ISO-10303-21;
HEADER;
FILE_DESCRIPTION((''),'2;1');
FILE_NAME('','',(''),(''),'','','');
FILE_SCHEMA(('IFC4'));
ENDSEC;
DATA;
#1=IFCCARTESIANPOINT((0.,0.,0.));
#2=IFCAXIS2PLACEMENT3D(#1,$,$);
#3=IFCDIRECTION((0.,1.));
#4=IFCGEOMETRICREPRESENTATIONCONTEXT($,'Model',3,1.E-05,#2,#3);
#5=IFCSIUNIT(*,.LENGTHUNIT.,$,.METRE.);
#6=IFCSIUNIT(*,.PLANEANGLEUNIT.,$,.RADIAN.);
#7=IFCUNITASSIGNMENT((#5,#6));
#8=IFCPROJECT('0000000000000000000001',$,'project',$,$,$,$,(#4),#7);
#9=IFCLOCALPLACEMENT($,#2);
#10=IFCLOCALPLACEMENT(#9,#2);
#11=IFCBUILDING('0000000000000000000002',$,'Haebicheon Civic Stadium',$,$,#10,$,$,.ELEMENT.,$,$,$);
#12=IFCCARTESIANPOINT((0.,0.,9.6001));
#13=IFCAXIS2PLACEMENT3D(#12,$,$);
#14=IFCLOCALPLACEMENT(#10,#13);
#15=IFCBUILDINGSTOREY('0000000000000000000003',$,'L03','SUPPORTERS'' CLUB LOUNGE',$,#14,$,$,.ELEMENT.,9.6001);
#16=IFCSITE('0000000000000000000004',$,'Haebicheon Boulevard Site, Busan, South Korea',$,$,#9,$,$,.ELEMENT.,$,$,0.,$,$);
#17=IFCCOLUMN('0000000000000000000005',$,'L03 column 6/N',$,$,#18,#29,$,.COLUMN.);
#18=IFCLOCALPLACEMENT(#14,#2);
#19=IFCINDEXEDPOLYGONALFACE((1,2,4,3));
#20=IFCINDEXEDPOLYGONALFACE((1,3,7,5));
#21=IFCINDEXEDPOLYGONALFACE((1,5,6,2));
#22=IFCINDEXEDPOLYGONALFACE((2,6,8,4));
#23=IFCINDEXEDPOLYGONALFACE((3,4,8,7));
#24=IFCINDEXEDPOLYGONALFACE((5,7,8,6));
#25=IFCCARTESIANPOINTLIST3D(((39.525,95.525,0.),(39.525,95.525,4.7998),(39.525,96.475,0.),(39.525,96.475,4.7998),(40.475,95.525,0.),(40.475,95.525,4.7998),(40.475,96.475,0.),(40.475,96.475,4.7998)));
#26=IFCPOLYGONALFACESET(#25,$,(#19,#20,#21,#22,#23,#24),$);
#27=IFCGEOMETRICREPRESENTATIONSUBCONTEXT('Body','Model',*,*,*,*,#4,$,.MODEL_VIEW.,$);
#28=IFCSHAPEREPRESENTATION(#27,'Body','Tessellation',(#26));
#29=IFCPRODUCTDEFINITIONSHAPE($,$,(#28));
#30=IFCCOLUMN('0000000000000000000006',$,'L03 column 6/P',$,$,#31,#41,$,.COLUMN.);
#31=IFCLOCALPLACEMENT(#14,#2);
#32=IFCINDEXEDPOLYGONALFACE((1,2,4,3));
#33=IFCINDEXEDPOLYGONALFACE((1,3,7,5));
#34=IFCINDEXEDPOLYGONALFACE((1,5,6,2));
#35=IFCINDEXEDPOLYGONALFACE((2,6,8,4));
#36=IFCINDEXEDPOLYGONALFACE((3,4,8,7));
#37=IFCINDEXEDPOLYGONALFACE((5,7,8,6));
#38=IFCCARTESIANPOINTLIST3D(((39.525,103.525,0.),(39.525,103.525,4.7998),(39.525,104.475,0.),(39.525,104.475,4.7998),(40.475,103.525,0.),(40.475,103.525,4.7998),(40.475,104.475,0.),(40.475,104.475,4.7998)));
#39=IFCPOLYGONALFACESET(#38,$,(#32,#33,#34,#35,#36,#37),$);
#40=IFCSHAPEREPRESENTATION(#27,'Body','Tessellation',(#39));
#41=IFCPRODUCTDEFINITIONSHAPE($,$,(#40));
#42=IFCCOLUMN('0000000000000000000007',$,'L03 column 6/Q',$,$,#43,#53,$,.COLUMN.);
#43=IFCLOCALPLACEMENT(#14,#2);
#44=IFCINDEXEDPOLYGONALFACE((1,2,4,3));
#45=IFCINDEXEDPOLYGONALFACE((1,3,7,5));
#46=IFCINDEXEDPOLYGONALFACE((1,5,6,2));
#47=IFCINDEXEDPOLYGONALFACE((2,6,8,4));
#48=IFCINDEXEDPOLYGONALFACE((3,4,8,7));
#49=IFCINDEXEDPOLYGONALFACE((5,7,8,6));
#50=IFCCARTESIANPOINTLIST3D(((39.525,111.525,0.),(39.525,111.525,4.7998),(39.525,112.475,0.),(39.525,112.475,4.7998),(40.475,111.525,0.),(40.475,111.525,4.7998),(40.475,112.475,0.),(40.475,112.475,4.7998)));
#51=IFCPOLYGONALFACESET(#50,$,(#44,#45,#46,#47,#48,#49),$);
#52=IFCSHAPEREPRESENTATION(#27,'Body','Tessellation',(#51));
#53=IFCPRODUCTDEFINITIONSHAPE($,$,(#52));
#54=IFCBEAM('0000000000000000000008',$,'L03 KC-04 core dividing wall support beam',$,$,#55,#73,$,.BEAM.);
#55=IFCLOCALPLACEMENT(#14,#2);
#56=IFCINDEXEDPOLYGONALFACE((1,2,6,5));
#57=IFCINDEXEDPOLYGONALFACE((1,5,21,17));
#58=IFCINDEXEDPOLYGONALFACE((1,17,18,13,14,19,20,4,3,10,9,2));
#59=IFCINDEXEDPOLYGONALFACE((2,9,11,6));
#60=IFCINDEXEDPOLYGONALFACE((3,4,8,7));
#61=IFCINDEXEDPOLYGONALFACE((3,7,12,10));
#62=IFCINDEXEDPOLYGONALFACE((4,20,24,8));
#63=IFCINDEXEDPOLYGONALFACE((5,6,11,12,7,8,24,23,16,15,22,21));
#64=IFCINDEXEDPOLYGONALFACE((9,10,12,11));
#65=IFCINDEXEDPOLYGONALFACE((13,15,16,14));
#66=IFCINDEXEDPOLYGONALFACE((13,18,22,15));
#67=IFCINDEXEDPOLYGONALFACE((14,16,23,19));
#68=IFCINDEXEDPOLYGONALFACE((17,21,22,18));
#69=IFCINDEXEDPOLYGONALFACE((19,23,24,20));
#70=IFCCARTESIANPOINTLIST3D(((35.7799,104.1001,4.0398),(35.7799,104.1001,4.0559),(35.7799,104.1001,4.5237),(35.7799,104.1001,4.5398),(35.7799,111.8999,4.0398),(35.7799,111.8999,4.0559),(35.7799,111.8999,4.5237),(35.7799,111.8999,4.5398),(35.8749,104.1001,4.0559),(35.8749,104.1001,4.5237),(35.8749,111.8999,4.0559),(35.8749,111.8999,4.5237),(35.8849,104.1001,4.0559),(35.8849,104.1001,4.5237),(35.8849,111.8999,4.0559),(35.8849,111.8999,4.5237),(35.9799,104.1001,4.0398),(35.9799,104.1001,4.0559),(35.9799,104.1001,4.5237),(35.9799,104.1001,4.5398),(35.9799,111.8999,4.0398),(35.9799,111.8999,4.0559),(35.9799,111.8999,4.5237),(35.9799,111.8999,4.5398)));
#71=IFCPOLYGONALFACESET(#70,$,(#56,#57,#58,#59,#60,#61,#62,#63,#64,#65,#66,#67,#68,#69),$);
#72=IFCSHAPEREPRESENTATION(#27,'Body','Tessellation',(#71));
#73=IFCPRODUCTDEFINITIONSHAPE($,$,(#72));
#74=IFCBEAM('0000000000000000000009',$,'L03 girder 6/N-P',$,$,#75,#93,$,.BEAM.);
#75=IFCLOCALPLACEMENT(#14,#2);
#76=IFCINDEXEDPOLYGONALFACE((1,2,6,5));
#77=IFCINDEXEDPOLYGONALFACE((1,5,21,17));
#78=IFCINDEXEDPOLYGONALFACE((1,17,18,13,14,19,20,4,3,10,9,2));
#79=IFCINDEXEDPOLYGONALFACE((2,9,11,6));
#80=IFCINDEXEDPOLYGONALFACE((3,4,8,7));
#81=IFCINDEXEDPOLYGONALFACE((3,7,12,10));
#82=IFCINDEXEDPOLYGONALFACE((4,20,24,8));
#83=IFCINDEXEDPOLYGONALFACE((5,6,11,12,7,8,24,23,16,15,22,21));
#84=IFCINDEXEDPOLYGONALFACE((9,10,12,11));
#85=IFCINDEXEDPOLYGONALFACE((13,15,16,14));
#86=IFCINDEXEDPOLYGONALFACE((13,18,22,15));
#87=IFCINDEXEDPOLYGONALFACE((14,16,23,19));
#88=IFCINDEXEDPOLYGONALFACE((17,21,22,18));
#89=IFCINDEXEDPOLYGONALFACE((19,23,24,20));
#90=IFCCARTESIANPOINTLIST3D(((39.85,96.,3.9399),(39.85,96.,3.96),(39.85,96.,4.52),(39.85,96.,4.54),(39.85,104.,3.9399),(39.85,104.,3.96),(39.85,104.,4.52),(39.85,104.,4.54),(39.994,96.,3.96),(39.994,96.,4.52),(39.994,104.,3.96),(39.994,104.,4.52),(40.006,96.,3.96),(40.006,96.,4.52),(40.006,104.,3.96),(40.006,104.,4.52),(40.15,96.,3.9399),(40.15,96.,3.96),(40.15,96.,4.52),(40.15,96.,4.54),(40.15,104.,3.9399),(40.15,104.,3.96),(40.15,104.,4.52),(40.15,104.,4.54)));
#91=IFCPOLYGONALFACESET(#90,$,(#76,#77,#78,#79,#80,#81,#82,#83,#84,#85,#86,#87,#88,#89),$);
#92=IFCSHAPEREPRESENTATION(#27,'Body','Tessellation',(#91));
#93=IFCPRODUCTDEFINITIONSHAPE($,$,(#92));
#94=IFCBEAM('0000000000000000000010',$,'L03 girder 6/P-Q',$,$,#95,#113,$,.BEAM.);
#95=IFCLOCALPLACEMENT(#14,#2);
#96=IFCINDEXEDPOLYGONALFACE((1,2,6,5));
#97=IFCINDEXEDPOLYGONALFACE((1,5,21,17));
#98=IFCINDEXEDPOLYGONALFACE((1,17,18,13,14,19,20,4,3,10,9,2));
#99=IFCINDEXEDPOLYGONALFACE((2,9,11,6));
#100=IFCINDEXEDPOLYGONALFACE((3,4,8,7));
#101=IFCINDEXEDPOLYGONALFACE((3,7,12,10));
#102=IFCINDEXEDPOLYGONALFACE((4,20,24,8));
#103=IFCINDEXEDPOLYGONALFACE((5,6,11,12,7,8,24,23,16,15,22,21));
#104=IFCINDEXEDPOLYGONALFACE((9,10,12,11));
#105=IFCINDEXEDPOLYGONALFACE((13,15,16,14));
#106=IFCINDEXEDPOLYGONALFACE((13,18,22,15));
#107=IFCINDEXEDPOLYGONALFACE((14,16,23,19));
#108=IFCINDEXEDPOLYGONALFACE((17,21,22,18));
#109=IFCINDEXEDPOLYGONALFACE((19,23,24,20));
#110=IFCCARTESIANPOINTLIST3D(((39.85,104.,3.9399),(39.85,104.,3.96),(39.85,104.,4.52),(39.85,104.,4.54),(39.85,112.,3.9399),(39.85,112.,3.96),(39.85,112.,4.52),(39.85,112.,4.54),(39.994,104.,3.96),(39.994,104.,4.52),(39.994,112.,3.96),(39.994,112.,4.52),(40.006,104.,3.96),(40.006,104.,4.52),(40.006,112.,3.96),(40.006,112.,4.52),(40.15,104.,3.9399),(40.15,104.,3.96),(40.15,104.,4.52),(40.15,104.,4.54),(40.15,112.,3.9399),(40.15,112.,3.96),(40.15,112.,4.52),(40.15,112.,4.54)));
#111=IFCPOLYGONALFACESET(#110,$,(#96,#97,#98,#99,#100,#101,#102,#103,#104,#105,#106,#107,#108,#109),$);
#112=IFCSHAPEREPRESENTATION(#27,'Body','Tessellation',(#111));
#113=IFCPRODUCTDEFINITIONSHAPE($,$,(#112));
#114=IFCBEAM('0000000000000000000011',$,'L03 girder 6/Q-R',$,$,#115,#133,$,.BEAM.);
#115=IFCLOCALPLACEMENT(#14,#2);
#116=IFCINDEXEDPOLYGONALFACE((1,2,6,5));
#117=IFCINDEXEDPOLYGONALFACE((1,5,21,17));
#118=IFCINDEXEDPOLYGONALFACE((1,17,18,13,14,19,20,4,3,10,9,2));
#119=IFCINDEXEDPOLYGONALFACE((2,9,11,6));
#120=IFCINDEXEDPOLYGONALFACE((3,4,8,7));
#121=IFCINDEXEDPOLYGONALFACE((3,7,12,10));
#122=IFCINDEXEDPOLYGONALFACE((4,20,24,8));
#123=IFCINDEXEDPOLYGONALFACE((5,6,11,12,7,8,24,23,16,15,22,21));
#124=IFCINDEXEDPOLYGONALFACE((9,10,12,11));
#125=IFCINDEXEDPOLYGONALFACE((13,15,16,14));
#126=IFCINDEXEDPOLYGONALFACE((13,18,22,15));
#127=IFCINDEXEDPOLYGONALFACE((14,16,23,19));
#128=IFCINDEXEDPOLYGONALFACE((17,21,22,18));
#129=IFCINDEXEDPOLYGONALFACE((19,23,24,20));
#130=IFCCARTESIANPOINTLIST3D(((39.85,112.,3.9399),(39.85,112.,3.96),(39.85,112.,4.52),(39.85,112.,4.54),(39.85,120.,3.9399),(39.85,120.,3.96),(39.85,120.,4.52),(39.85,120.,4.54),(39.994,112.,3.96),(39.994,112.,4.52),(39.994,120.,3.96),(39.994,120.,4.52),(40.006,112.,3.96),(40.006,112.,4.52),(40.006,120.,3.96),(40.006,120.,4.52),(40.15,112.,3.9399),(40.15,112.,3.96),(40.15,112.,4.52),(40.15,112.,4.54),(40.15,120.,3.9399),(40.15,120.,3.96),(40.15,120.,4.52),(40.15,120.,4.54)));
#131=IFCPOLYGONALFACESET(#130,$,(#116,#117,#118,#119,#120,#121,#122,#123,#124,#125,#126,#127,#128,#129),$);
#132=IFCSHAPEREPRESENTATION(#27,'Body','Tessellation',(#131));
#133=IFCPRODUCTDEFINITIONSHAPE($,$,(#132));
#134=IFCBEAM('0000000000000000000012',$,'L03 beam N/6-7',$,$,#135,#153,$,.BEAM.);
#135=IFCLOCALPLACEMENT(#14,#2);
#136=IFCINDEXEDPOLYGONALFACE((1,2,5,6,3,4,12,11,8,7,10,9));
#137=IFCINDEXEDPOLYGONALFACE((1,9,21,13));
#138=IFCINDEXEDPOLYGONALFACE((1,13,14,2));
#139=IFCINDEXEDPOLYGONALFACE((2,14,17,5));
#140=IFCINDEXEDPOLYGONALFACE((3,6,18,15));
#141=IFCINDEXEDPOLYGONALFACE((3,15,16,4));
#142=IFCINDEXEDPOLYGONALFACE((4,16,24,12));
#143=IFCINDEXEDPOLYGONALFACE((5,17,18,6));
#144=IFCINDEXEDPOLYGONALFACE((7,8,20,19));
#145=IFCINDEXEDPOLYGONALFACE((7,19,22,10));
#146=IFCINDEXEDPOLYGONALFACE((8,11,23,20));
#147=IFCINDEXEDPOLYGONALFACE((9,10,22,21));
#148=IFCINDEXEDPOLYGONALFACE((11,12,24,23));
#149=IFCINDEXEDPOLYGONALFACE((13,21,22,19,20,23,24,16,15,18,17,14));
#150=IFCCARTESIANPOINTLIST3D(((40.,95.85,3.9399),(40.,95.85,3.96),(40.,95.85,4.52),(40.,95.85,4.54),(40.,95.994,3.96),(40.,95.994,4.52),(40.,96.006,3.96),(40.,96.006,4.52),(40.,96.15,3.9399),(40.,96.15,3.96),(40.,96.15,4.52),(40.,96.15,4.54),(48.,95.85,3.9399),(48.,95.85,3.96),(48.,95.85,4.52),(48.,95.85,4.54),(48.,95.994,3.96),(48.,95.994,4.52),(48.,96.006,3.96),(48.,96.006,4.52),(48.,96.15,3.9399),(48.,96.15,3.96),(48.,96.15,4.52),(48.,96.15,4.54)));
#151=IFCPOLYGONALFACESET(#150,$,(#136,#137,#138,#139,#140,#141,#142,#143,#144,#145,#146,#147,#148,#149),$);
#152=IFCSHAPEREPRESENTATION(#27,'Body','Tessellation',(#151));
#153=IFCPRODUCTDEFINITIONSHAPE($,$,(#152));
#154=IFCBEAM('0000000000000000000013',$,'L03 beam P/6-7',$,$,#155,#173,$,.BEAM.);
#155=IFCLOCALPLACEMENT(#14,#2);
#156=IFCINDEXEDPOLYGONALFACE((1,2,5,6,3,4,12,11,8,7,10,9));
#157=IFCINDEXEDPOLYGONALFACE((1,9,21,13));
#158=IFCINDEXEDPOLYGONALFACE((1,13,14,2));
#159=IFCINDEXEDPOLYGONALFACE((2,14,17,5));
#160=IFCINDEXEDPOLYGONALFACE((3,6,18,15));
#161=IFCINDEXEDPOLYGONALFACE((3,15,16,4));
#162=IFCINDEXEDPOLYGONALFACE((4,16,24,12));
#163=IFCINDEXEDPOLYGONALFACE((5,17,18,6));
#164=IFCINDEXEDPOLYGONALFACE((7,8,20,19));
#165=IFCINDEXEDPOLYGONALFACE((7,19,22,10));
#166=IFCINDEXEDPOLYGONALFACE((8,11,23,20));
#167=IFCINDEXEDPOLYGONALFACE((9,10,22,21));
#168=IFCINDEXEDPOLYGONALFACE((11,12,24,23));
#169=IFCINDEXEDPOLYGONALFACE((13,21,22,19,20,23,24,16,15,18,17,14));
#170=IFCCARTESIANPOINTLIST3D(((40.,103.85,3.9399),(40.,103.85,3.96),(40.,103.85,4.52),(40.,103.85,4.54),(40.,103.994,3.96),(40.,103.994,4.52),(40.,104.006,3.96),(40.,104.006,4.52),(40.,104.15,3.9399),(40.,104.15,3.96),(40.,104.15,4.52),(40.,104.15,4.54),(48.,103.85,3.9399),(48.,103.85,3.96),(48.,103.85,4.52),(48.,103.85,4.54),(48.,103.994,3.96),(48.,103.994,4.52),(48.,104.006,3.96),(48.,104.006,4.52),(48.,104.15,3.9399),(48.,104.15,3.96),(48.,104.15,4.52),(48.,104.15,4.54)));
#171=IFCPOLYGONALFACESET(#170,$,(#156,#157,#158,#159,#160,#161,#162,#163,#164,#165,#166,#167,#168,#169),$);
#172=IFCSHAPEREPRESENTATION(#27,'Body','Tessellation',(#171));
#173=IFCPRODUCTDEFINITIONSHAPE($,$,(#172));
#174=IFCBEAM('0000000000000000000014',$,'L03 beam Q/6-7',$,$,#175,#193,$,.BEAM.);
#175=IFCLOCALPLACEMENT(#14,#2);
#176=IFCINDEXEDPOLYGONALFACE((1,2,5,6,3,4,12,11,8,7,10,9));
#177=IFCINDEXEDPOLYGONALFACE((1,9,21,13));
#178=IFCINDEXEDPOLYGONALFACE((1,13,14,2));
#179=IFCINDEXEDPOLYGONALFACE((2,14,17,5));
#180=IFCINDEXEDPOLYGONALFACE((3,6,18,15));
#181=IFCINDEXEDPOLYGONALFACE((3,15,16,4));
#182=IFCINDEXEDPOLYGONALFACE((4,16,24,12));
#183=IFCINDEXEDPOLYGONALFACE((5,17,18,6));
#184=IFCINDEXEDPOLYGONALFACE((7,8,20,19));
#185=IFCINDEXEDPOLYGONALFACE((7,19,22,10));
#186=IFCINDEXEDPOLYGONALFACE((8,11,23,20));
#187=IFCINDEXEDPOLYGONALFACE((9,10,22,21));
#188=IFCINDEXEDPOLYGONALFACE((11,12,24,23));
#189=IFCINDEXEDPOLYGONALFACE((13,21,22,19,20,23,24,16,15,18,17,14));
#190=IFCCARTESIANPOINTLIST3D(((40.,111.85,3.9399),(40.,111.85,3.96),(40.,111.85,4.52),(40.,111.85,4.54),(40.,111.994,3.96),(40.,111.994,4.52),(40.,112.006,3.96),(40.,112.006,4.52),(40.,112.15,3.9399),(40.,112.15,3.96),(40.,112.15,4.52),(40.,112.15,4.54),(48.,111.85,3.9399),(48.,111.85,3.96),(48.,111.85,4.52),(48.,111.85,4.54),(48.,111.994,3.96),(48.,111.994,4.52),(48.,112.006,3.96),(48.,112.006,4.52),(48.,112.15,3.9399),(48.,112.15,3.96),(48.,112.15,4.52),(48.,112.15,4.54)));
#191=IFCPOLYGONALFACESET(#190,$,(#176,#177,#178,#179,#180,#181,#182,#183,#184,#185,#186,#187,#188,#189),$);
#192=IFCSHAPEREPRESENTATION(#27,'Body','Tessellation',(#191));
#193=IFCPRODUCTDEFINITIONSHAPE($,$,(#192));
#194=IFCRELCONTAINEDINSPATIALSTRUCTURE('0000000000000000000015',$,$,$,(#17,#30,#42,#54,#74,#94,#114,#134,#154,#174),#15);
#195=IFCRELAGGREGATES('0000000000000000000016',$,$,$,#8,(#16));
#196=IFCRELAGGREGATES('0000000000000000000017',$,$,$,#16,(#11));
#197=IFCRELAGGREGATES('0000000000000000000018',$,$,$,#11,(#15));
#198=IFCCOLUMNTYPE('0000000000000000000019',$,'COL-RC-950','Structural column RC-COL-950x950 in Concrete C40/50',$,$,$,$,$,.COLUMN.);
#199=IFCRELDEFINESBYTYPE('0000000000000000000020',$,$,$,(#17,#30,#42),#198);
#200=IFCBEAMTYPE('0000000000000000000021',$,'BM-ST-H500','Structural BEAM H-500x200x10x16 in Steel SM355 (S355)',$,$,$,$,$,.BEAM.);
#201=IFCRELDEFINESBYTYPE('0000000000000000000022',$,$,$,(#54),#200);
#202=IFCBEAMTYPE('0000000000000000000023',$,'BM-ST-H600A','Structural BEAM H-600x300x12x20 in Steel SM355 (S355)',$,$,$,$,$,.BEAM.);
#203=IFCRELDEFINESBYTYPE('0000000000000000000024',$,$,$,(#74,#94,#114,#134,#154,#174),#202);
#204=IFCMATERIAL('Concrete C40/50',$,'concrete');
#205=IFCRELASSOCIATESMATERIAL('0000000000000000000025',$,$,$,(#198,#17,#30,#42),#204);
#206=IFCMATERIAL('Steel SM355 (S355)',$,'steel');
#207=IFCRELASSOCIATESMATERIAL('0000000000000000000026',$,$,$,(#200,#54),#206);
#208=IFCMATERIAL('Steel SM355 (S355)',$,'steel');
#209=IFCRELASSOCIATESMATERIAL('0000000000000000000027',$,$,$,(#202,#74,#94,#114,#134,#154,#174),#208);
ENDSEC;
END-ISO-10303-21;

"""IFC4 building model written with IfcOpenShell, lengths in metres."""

from ifc_helpers import new_model, si_unit, direction, frame, origin, origin_2d, place, context, subcontext, project, spatial, rectangle, i_section, extrude, material, material_profile, profile_set, type_object, element, save


model = new_model("IFC4")

# Units and contexts
model_context = context("Model", 3, precision=1e-05, world=origin(), true_north=direction((0.0, 1.0)))
body_context = subcontext(model_context, "Body", "Model", "MODEL_VIEW")
ifc_project = project(units=[si_unit("LENGTHUNIT", "METRE"), si_unit("PLANEANGLEUNIT", "RADIAN")], contexts=[model_context])

# Site, building, storey
site_placement = place(None, origin())
site = spatial("IfcSite", under=ifc_project, at=site_placement, Name="Haebicheon Boulevard Site, Busan, South Korea", CompositionType="ELEMENT", RefElevation=0.0)
building_placement = place(site_placement, origin())
building = spatial("IfcBuilding", under=site, at=building_placement, Name="Haebicheon Civic Stadium", CompositionType="ELEMENT")
storey_placement = place(building_placement, frame((0.0, 0.0, 9.6001)))
storey = spatial("IfcBuildingStorey", under=building, at=storey_placement, Name="L03", Description="SUPPORTERS' CLUB LOUNGE", CompositionType="ELEMENT", Elevation=9.6001)

# Columns
ifc_material_1 = material(Name="Concrete C40/50", Category="concrete")
ifc_material_profile_1 = material_profile(ifc_material_1, rectangle(XDim=0.95, YDim=0.95, at=origin_2d()), Name="RC-COL-950x950")
ifc_profile_set_1 = profile_set([ifc_material_profile_1], Name="Concrete C40/50")
column_type = type_object("IfcColumnType", Name="COL-RC-950", Description="Structural column RC-COL-950x950 in Concrete C40/50", PredefinedType="COLUMN", material=ifc_profile_set_1)
for number, where, z_axis, x_axis, name in (
    (1, (40.0, 96.0, 0.0), (0.0, 0.0, 1.0), (1.0, 0.0, 0.0), "L03 column 6/N"),
    (2, (40.0, 104.0, 0.0), (0.0, 0.0, 1.0), (1.0, 0.0, 0.0), "L03 column 6/P"),
    (3, (40.0, 112.0, 0.0), (0.0, 0.0, 1.0), (1.0, 0.0, 0.0), "L03 column 6/Q"),
):
    element("IfcColumn", number, at=place(storey_placement, frame(where, z_axis=z_axis, x_axis=x_axis)), inside=storey, type_object=column_type, material=ifc_profile_set_1, Name=name, PredefinedType="COLUMN", context=body_context, shape_type="SweptSolid", body=[
        extrude(rectangle(XDim=0.95, YDim=0.95, at=origin_2d()), origin(), (0.0, 0.0, 1.0), 4.7998),
    ])

# Beams
ifc_material_2 = material(Name="Steel SM355 (S355)", Category="steel")
ifc_material_profile_2 = material_profile(ifc_material_2, i_section(OverallWidth=0.2, OverallDepth=0.5, WebThickness=0.01, FlangeThickness=0.0161, at=origin_2d()), Name="H-500x200x10x16")
ifc_profile_set_2 = profile_set([ifc_material_profile_2], Name="Steel SM355 (S355)")
beam_type_1 = type_object("IfcBeamType", Name="BM-ST-H500", Description="Structural BEAM H-500x200x10x16 in Steel SM355 (S355)", PredefinedType="BEAM", material=ifc_profile_set_2)
beam_1_placement = place(storey_placement, frame((35.8799, 104.1001, 4.2898), z_axis=(0.0, 1.0, 0.0), x_axis=(-1.0, 0.0, 0.0)))
element("IfcBeam", 4, at=beam_1_placement, inside=storey, type_object=beam_type_1, material=ifc_profile_set_2, Name="L03 KC-04 core dividing wall support beam", PredefinedType="BEAM", context=body_context, shape_type="SweptSolid", body=[
    extrude(i_section(OverallWidth=0.2, OverallDepth=0.5, WebThickness=0.01, FlangeThickness=0.0161, at=origin_2d()), origin(), (0.0, 0.0, 1.0), 7.7998),
])
ifc_material_3 = material(Name="Steel SM355 (S355)", Category="steel")
ifc_material_profile_3 = material_profile(ifc_material_3, i_section(OverallWidth=0.3, OverallDepth=0.6001, WebThickness=0.012, FlangeThickness=0.02, at=origin_2d()), Name="H-600x300x12x20")
ifc_profile_set_3 = profile_set([ifc_material_profile_3], Name="Steel SM355 (S355)")
beam_type_2 = type_object("IfcBeamType", Name="BM-ST-H600A", Description="Structural BEAM H-600x300x12x20 in Steel SM355 (S355)", PredefinedType="BEAM", material=ifc_profile_set_3)
for number, where, z_axis, x_axis, name in (
    (5, (40.0, 96.0, 4.24), (0.0, 1.0, 0.0), (-1.0, 0.0, 0.0), "L03 girder 6/N-P"),
    (6, (40.0, 104.0, 4.24), (0.0, 1.0, 0.0), (-1.0, 0.0, 0.0), "L03 girder 6/P-Q"),
    (7, (40.0, 112.0, 4.24), (0.0, 1.0, 0.0), (-1.0, 0.0, 0.0), "L03 girder 6/Q-R"),
    (8, (40.0, 96.0, 4.24), (1.0, 0.0, 0.0), (0.0, 1.0, 0.0), "L03 beam N/6-7"),
    (9, (40.0, 104.0, 4.24), (1.0, 0.0, 0.0), (0.0, 1.0, 0.0), "L03 beam P/6-7"),
    (10, (40.0, 112.0, 4.24), (1.0, 0.0, 0.0), (0.0, 1.0, 0.0), "L03 beam Q/6-7"),
):
    element("IfcBeam", number, at=place(storey_placement, frame(where, z_axis=z_axis, x_axis=x_axis)), inside=storey, type_object=beam_type_2, material=ifc_profile_set_3, Name=name, PredefinedType="BEAM", context=body_context, shape_type="SweptSolid", body=[
        extrude(i_section(OverallWidth=0.3, OverallDepth=0.6001, WebThickness=0.012, FlangeThickness=0.02, at=origin_2d()), origin(), (0.0, 0.0, 1.0), 8.0),
    ])

save(model, "model.ifc")
